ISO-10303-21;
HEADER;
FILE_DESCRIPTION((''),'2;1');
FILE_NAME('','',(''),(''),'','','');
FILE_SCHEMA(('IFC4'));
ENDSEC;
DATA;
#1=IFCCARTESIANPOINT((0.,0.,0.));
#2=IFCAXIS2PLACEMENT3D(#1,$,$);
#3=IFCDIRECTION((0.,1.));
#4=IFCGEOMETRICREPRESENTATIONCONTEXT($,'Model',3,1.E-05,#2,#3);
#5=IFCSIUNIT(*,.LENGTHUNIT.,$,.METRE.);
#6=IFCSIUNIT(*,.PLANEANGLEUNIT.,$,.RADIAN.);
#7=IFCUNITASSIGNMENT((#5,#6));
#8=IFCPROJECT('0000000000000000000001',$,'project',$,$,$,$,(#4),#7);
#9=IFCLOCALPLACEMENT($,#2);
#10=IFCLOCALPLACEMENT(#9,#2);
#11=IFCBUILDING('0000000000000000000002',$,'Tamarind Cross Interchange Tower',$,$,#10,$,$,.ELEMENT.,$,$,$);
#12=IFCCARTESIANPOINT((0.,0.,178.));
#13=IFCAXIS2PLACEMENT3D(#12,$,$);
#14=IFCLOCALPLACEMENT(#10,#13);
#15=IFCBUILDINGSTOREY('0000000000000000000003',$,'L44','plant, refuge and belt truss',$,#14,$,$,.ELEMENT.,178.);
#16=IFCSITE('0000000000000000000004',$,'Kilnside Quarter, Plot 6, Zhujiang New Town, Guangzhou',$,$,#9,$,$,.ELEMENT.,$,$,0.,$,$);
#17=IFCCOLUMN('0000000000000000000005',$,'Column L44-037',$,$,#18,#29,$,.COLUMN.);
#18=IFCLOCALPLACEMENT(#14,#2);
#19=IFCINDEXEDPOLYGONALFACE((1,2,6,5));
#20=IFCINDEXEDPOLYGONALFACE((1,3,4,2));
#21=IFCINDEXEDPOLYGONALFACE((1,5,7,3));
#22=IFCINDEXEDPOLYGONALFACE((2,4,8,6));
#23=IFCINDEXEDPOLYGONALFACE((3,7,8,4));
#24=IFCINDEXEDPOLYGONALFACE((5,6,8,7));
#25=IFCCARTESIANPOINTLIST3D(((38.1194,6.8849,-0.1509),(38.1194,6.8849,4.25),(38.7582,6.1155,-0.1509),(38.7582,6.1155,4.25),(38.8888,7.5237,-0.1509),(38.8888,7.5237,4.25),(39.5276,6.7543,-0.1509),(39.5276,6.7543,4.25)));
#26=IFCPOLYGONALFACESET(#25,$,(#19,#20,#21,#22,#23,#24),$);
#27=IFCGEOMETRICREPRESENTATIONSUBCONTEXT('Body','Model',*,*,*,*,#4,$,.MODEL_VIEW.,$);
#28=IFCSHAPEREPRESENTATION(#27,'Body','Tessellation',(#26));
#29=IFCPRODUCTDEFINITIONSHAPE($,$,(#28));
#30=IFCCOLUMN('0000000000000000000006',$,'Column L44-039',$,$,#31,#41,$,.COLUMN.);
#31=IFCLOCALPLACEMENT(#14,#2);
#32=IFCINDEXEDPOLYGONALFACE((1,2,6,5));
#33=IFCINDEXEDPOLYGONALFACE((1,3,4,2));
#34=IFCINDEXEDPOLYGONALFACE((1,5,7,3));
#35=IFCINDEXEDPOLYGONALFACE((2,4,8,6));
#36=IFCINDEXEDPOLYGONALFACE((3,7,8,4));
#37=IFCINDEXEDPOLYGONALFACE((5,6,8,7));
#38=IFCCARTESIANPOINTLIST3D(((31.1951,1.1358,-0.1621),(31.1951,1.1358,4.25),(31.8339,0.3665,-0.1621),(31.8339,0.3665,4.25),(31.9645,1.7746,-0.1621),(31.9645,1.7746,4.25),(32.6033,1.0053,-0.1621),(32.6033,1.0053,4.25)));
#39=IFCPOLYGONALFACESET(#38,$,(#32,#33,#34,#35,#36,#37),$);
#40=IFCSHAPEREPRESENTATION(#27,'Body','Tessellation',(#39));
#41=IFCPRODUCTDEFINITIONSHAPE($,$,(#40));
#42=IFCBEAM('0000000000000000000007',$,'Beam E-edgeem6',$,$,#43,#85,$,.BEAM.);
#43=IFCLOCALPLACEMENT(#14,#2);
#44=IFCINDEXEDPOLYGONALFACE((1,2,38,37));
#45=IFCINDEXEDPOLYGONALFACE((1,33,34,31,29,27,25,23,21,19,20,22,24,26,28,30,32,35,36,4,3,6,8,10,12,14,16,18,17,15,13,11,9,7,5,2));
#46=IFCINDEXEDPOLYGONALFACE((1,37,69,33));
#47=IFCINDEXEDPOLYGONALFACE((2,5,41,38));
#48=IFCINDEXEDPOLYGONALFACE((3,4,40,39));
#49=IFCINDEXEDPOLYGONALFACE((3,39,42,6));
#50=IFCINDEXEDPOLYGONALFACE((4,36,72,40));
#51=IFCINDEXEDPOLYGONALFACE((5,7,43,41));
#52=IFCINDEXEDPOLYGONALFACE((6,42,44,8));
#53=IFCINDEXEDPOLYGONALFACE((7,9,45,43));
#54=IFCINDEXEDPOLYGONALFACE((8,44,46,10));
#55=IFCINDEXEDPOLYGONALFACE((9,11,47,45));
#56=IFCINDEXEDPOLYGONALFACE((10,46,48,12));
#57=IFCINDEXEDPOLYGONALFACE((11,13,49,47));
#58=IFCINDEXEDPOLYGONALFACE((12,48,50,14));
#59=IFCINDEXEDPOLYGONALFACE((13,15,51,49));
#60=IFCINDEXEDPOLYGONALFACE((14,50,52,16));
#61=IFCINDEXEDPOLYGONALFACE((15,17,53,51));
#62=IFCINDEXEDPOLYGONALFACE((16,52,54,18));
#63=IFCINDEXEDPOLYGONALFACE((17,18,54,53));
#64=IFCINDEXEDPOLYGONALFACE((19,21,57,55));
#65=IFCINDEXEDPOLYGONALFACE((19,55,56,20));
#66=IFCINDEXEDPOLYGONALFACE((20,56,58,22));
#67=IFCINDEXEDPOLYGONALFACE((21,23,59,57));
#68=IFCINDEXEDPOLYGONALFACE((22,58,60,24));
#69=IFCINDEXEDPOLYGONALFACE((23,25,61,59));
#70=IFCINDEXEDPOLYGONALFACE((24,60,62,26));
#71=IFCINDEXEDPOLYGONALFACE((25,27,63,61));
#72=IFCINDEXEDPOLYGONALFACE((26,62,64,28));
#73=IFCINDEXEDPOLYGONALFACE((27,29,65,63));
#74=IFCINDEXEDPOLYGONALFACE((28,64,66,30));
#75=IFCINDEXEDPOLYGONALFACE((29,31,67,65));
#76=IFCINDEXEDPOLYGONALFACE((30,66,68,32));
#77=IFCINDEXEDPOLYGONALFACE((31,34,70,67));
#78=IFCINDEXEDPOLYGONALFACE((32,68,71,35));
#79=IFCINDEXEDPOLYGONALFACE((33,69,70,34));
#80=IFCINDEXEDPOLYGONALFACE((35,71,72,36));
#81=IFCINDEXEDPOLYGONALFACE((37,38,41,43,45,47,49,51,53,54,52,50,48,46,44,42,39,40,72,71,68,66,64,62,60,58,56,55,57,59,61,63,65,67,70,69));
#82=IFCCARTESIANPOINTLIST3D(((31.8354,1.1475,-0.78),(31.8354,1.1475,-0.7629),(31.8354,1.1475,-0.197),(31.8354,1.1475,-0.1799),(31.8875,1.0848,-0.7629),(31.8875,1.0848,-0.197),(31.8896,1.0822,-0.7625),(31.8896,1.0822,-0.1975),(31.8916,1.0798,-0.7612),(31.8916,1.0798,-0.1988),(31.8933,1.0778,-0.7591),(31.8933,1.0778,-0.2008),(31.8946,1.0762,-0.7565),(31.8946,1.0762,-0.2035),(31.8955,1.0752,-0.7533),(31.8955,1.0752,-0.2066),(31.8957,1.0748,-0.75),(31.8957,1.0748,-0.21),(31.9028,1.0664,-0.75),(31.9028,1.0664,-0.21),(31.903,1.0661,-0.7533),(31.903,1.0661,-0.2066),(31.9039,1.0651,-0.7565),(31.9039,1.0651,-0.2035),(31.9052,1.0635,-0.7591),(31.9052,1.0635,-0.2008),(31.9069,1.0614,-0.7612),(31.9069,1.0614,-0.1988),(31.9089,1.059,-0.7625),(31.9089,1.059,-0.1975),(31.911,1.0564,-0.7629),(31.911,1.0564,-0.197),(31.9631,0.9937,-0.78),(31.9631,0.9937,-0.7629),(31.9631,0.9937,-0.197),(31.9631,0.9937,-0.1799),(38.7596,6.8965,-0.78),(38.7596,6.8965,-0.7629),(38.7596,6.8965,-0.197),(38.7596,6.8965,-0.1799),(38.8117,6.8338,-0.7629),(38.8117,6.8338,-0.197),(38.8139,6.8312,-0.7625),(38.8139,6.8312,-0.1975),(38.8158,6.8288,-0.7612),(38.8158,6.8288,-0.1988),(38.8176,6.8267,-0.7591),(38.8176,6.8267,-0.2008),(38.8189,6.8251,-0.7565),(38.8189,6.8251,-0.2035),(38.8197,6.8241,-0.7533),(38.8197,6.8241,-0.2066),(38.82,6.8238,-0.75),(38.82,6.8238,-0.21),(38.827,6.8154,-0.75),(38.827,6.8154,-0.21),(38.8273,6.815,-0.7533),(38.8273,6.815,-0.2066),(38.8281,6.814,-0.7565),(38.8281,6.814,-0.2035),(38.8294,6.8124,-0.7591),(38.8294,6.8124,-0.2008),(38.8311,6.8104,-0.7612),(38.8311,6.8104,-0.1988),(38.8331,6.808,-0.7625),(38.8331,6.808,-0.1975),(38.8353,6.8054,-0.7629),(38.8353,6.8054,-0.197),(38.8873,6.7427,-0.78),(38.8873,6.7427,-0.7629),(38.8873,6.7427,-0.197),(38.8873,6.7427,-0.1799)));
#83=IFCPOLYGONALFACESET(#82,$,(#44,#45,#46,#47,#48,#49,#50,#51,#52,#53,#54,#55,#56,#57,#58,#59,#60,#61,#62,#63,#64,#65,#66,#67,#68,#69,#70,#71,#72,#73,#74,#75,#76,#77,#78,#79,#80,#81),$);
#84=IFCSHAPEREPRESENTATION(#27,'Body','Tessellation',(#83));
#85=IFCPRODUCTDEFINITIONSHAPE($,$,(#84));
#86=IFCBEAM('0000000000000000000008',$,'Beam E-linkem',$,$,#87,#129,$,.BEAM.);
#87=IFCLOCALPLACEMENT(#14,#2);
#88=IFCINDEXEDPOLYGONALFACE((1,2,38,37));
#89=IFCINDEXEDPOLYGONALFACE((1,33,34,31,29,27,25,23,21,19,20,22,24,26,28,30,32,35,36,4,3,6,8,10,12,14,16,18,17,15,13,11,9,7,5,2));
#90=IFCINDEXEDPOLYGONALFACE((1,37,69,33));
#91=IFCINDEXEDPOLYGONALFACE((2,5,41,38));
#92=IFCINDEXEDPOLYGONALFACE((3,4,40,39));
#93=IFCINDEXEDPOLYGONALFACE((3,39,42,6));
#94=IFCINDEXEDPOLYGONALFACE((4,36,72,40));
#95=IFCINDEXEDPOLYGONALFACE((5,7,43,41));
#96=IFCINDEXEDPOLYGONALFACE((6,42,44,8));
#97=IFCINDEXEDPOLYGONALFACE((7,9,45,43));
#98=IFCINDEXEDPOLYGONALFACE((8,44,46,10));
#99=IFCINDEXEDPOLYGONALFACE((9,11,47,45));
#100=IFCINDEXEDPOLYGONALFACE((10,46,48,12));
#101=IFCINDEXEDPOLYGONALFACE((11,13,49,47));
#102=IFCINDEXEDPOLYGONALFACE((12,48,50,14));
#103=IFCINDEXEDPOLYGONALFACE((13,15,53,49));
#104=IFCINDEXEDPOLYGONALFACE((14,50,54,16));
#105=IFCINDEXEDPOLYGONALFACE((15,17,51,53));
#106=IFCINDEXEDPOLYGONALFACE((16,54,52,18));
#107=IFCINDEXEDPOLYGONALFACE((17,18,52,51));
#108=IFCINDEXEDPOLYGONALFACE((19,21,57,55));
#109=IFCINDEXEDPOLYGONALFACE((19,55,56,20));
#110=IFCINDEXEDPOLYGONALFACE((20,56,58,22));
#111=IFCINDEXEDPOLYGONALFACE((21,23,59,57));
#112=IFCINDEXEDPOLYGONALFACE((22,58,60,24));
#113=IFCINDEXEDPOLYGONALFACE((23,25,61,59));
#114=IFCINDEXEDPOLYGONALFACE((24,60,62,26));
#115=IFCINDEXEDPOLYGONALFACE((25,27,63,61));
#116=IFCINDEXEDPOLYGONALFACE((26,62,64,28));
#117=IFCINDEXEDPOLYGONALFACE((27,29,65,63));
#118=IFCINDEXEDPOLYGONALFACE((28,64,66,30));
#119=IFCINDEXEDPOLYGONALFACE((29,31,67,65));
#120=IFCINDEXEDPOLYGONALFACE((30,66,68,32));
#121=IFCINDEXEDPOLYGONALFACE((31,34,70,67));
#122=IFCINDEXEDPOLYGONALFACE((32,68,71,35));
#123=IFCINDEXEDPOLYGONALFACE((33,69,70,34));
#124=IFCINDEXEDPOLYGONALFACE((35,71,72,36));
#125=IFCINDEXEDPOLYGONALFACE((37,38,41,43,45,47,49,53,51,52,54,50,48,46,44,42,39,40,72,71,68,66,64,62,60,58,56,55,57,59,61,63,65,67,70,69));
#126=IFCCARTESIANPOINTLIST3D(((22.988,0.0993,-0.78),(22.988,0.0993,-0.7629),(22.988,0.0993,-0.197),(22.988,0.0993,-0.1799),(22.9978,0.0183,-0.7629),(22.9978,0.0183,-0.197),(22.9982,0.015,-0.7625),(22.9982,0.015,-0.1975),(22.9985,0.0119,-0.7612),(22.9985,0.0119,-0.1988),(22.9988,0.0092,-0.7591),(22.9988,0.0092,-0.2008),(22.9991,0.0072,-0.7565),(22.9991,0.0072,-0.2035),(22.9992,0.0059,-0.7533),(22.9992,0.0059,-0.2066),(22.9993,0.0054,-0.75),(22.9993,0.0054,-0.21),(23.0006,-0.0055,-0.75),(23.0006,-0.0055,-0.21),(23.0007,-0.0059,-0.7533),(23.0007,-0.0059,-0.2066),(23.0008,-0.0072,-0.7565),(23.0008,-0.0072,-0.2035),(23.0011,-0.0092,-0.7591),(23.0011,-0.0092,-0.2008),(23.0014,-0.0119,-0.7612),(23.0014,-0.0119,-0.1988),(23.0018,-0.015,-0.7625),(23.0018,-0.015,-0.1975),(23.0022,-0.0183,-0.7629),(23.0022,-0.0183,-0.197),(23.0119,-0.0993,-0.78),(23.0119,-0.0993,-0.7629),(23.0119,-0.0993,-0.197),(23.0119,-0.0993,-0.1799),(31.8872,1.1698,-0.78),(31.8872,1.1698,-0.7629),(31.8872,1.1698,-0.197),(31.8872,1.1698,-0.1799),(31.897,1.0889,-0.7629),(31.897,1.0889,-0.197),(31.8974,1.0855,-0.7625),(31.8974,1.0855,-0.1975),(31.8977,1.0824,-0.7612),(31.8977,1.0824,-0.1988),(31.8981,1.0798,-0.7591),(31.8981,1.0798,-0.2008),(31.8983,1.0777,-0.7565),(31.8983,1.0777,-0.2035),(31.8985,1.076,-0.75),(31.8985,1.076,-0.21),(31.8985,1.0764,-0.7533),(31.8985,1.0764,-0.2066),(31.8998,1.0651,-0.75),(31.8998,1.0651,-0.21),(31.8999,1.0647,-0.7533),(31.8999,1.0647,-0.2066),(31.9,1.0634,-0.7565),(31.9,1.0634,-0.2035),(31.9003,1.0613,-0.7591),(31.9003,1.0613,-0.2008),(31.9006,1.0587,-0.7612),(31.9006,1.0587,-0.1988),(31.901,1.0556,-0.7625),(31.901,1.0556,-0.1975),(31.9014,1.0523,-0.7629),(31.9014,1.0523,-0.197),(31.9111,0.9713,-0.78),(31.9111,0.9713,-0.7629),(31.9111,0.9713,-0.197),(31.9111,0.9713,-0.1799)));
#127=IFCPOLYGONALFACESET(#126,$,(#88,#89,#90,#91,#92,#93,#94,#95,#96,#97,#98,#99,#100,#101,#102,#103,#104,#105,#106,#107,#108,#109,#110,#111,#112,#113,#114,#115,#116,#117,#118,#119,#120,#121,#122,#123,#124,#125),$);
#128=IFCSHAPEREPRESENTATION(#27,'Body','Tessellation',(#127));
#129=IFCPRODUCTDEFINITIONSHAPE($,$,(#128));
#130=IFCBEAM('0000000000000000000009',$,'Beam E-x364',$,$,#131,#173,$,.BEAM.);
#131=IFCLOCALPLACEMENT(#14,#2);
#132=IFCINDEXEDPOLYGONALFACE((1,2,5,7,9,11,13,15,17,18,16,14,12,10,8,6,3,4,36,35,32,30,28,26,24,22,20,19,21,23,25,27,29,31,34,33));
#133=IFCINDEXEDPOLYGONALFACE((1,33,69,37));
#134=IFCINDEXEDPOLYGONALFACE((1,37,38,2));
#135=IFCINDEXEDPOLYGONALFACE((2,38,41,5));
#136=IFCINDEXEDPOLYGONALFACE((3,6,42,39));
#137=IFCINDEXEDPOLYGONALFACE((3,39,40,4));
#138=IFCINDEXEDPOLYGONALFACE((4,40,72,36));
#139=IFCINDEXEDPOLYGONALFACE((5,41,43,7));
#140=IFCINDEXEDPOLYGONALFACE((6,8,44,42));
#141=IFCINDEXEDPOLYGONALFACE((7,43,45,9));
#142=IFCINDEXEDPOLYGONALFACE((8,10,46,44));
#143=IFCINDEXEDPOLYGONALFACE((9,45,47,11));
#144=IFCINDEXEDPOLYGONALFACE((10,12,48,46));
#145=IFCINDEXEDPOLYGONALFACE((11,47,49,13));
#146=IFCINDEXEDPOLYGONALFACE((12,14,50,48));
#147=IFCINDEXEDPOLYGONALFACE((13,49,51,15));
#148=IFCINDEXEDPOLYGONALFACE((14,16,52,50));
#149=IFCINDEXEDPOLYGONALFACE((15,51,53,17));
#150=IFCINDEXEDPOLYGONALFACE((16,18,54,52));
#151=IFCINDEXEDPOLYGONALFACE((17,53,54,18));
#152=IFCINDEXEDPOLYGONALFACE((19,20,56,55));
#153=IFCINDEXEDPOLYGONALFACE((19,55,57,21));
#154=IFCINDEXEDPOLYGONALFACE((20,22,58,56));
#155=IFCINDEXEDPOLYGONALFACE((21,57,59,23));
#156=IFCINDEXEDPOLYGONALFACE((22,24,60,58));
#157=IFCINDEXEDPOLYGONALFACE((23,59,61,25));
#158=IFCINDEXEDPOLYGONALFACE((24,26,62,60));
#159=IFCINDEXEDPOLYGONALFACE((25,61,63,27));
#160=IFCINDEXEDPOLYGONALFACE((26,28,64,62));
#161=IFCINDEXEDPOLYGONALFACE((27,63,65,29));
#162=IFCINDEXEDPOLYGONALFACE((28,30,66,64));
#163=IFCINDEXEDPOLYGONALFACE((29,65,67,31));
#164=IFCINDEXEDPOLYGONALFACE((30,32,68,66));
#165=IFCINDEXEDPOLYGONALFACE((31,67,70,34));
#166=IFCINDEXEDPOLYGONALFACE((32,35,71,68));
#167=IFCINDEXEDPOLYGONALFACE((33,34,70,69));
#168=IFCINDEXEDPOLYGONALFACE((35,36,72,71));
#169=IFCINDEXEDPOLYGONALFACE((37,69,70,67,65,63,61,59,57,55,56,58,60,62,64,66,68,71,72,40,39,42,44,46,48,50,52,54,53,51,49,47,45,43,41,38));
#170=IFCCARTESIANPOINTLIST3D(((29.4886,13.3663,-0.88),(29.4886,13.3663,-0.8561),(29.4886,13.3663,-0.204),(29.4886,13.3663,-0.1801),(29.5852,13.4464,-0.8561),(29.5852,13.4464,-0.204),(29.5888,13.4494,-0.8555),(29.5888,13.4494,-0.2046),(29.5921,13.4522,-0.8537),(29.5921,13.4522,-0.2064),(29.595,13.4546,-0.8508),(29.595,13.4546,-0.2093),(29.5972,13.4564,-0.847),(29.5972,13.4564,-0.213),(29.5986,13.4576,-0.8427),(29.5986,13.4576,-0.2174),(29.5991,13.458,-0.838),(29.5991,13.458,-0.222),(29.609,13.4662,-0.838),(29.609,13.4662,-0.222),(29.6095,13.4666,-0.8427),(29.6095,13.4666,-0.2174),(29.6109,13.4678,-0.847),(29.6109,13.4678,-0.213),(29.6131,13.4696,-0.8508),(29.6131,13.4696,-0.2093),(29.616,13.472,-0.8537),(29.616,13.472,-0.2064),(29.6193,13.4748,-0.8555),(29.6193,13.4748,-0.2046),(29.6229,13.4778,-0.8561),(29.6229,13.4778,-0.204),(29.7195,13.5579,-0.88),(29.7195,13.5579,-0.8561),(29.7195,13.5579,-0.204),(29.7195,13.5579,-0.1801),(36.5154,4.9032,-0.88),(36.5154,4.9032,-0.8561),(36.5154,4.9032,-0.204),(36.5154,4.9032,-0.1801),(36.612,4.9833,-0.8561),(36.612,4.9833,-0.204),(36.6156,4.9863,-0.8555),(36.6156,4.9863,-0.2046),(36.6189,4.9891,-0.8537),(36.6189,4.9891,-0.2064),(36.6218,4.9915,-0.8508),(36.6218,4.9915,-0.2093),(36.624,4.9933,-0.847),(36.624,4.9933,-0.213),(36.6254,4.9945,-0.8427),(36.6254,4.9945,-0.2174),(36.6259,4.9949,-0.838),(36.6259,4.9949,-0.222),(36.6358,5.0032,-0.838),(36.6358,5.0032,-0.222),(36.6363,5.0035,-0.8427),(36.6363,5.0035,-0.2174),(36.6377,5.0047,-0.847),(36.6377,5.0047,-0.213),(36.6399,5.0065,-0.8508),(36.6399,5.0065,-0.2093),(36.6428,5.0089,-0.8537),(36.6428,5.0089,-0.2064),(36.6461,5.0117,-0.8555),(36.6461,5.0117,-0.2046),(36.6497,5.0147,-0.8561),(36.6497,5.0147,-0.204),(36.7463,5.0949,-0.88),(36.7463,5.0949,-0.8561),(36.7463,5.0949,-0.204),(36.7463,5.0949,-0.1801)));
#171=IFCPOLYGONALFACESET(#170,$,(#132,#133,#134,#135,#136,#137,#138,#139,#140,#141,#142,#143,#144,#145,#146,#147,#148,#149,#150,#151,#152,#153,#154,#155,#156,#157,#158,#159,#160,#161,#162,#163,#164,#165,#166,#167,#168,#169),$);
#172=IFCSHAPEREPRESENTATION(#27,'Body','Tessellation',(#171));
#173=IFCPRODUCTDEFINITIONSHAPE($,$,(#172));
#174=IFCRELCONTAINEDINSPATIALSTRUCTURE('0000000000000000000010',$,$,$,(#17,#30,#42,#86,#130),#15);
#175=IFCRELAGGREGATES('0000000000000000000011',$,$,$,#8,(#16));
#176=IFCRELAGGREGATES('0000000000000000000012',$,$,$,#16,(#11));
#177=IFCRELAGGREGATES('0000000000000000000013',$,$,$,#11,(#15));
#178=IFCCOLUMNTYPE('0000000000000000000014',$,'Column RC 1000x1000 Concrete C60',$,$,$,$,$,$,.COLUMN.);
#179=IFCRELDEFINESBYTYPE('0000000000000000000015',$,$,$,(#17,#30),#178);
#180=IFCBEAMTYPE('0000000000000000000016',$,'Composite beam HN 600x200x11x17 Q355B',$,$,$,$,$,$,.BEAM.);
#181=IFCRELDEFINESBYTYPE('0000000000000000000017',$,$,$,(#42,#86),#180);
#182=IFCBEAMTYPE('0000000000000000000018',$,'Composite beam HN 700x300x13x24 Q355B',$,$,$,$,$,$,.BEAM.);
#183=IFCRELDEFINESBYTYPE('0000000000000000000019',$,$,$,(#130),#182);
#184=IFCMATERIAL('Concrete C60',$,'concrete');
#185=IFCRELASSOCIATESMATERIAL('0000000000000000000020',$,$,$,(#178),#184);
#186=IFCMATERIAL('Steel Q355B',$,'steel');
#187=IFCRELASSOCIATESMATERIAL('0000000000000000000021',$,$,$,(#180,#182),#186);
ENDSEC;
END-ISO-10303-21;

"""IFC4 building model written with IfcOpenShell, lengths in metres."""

from ifc_helpers import new_model, si_unit, direction, frame, origin, origin_2d, place, context, subcontext, project, spatial, rectangle, i_section, extrude, material, material_profile, profile_set, type_object, element, save


model = new_model("IFC4")

# Units and contexts
model_context = context("Model", 3, precision=1e-05, world=origin(), true_north=direction((0.0, 1.0)))
body_context = subcontext(model_context, "Body", "Model", "MODEL_VIEW")
ifc_project = project(units=[si_unit("LENGTHUNIT", "METRE"), si_unit("PLANEANGLEUNIT", "RADIAN")], contexts=[model_context])

# Site, building, storey
site_placement = place(None, origin())
site = spatial("IfcSite", under=ifc_project, at=site_placement, Name="Kilnside Quarter, Plot 6, Zhujiang New Town, Guangzhou", CompositionType="ELEMENT", RefElevation=0.0)
building_placement = place(site_placement, origin())
building = spatial("IfcBuilding", under=site, at=building_placement, Name="Tamarind Cross Interchange Tower", CompositionType="ELEMENT")
storey_placement = place(building_placement, frame((0.0, 0.0, 178.0)))
storey = spatial("IfcBuildingStorey", under=building, at=storey_placement, Name="L44", Description="plant, refuge and belt truss", CompositionType="ELEMENT", Elevation=178.0)

# Columns
ifc_material_1 = material(Name="Concrete C60", Category="concrete")
ifc_material_profile_1 = material_profile(ifc_material_1, rectangle(XDim=1.0, YDim=1.0, at=origin_2d()), Name="RC 1000x1000")
ifc_profile_set_1 = profile_set([ifc_material_profile_1], Name="Concrete C60")
column_type = type_object("IfcColumnType", Name="Column RC 1000x1000 Concrete C60", PredefinedType="COLUMN", material=ifc_profile_set_1)
column_1_placement = place(storey_placement, frame((38.8235, 6.8196, -0.1509), z_axis=(0.0, 0.0, 1.0), x_axis=(0.769373, 0.6388, 0.0)))
element("IfcColumn", 1, at=column_1_placement, inside=storey, type_object=column_type, Name="Column L44-037", PredefinedType="COLUMN", context=body_context, shape_type="SweptSolid", body=[
    extrude(rectangle(XDim=1.0, YDim=1.0, at=origin_2d()), origin(), (0.0, 0.0, 1.0), 4.4009),
])
column_2_placement = place(storey_placement, frame((31.8992, 1.0706, -0.1621), z_axis=(0.0, 0.0, 1.0), x_axis=(0.769373, 0.6388, 0.0)))
element("IfcColumn", 2, at=column_2_placement, inside=storey, type_object=column_type, Name="Column L44-039", PredefinedType="COLUMN", context=body_context, shape_type="SweptSolid", body=[
    extrude(rectangle(XDim=1.0, YDim=1.0, at=origin_2d()), origin(), (0.0, 0.0, 1.0), 4.4121),
])

# Beams
ifc_material_2 = material(Name="Steel Q355B", Category="steel")
ifc_material_profile_2 = material_profile(ifc_material_2, i_section(OverallWidth=0.2, OverallDepth=0.6001, WebThickness=0.011, FlangeThickness=0.0171, FilletRadius=0.0129, at=origin_2d()), Name="HN 600x200x11x17")
ifc_profile_set_2 = profile_set([ifc_material_profile_2], Name="Steel Q355B")
beam_type_1 = type_object("IfcBeamType", Name="Composite beam HN 600x200x11x17 Q355B", PredefinedType="BEAM", material=ifc_profile_set_2)
beam_1_placement = place(storey_placement, frame((38.8235, 6.8196, -0.48), z_axis=(-0.769381, -0.638791, 0.0), x_axis=(0.638791, -0.769381, 0.0)))
element("IfcBeam", 3, at=beam_1_placement, inside=storey, type_object=beam_type_1, Name="Beam E-edgeem6", PredefinedType="BEAM", context=body_context, shape_type="SweptSolid", body=[
    extrude(i_section(OverallWidth=0.2, OverallDepth=0.6001, WebThickness=0.011, FlangeThickness=0.0171, FilletRadius=0.0129, at=origin_2d()), origin(), (0.0, 0.0, 1.0), 8.9998),
])
beam_2_placement = place(storey_placement, frame((31.8992, 1.0706, -0.48), z_axis=(-0.992842, -0.119437, 0.0), x_axis=(0.119437, -0.992842, 0.0)))
element("IfcBeam", 4, at=beam_2_placement, inside=storey, type_object=beam_type_1, Name="Beam E-linkem", PredefinedType="BEAM", context=body_context, shape_type="SweptSolid", body=[
    extrude(i_section(OverallWidth=0.2, OverallDepth=0.6001, WebThickness=0.011, FlangeThickness=0.0171, FilletRadius=0.0129, at=origin_2d()), origin(), (0.0, 0.0, 1.0), 8.9634),
])
ifc_material_profile_3 = material_profile(ifc_material_2, i_section(OverallWidth=0.3, OverallDepth=0.7, WebThickness=0.0129, FlangeThickness=0.0239, FilletRadius=0.0181, at=origin_2d()), Name="HN 700x300x13x24")
ifc_profile_set_3 = profile_set([ifc_material_profile_3], Name="Steel Q355B")
beam_type_2 = type_object("IfcBeamType", Name="Composite beam HN 700x300x13x24 Q355B", PredefinedType="BEAM", material=ifc_profile_set_3)
for number, where, z_axis, x_axis, name in (
    (5, (36.6309, 4.999, -0.53), (-0.638801, 0.769372, 0.0), (-0.769372, -0.638801, 0.0), "Beam E-x364"),
):
    element("IfcBeam", number, at=place(storey_placement, frame(where, z_axis=z_axis, x_axis=x_axis)), inside=storey, type_object=beam_type_2, Name=name, PredefinedType="BEAM", context=body_context, shape_type="SweptSolid", body=[
        extrude(i_section(OverallWidth=0.3, OverallDepth=0.7, WebThickness=0.0129, FlangeThickness=0.0239, FilletRadius=0.0181, at=origin_2d()), origin(), (0.0, 0.0, 1.0), 11.0),
    ])

save(model, "model.ifc")
